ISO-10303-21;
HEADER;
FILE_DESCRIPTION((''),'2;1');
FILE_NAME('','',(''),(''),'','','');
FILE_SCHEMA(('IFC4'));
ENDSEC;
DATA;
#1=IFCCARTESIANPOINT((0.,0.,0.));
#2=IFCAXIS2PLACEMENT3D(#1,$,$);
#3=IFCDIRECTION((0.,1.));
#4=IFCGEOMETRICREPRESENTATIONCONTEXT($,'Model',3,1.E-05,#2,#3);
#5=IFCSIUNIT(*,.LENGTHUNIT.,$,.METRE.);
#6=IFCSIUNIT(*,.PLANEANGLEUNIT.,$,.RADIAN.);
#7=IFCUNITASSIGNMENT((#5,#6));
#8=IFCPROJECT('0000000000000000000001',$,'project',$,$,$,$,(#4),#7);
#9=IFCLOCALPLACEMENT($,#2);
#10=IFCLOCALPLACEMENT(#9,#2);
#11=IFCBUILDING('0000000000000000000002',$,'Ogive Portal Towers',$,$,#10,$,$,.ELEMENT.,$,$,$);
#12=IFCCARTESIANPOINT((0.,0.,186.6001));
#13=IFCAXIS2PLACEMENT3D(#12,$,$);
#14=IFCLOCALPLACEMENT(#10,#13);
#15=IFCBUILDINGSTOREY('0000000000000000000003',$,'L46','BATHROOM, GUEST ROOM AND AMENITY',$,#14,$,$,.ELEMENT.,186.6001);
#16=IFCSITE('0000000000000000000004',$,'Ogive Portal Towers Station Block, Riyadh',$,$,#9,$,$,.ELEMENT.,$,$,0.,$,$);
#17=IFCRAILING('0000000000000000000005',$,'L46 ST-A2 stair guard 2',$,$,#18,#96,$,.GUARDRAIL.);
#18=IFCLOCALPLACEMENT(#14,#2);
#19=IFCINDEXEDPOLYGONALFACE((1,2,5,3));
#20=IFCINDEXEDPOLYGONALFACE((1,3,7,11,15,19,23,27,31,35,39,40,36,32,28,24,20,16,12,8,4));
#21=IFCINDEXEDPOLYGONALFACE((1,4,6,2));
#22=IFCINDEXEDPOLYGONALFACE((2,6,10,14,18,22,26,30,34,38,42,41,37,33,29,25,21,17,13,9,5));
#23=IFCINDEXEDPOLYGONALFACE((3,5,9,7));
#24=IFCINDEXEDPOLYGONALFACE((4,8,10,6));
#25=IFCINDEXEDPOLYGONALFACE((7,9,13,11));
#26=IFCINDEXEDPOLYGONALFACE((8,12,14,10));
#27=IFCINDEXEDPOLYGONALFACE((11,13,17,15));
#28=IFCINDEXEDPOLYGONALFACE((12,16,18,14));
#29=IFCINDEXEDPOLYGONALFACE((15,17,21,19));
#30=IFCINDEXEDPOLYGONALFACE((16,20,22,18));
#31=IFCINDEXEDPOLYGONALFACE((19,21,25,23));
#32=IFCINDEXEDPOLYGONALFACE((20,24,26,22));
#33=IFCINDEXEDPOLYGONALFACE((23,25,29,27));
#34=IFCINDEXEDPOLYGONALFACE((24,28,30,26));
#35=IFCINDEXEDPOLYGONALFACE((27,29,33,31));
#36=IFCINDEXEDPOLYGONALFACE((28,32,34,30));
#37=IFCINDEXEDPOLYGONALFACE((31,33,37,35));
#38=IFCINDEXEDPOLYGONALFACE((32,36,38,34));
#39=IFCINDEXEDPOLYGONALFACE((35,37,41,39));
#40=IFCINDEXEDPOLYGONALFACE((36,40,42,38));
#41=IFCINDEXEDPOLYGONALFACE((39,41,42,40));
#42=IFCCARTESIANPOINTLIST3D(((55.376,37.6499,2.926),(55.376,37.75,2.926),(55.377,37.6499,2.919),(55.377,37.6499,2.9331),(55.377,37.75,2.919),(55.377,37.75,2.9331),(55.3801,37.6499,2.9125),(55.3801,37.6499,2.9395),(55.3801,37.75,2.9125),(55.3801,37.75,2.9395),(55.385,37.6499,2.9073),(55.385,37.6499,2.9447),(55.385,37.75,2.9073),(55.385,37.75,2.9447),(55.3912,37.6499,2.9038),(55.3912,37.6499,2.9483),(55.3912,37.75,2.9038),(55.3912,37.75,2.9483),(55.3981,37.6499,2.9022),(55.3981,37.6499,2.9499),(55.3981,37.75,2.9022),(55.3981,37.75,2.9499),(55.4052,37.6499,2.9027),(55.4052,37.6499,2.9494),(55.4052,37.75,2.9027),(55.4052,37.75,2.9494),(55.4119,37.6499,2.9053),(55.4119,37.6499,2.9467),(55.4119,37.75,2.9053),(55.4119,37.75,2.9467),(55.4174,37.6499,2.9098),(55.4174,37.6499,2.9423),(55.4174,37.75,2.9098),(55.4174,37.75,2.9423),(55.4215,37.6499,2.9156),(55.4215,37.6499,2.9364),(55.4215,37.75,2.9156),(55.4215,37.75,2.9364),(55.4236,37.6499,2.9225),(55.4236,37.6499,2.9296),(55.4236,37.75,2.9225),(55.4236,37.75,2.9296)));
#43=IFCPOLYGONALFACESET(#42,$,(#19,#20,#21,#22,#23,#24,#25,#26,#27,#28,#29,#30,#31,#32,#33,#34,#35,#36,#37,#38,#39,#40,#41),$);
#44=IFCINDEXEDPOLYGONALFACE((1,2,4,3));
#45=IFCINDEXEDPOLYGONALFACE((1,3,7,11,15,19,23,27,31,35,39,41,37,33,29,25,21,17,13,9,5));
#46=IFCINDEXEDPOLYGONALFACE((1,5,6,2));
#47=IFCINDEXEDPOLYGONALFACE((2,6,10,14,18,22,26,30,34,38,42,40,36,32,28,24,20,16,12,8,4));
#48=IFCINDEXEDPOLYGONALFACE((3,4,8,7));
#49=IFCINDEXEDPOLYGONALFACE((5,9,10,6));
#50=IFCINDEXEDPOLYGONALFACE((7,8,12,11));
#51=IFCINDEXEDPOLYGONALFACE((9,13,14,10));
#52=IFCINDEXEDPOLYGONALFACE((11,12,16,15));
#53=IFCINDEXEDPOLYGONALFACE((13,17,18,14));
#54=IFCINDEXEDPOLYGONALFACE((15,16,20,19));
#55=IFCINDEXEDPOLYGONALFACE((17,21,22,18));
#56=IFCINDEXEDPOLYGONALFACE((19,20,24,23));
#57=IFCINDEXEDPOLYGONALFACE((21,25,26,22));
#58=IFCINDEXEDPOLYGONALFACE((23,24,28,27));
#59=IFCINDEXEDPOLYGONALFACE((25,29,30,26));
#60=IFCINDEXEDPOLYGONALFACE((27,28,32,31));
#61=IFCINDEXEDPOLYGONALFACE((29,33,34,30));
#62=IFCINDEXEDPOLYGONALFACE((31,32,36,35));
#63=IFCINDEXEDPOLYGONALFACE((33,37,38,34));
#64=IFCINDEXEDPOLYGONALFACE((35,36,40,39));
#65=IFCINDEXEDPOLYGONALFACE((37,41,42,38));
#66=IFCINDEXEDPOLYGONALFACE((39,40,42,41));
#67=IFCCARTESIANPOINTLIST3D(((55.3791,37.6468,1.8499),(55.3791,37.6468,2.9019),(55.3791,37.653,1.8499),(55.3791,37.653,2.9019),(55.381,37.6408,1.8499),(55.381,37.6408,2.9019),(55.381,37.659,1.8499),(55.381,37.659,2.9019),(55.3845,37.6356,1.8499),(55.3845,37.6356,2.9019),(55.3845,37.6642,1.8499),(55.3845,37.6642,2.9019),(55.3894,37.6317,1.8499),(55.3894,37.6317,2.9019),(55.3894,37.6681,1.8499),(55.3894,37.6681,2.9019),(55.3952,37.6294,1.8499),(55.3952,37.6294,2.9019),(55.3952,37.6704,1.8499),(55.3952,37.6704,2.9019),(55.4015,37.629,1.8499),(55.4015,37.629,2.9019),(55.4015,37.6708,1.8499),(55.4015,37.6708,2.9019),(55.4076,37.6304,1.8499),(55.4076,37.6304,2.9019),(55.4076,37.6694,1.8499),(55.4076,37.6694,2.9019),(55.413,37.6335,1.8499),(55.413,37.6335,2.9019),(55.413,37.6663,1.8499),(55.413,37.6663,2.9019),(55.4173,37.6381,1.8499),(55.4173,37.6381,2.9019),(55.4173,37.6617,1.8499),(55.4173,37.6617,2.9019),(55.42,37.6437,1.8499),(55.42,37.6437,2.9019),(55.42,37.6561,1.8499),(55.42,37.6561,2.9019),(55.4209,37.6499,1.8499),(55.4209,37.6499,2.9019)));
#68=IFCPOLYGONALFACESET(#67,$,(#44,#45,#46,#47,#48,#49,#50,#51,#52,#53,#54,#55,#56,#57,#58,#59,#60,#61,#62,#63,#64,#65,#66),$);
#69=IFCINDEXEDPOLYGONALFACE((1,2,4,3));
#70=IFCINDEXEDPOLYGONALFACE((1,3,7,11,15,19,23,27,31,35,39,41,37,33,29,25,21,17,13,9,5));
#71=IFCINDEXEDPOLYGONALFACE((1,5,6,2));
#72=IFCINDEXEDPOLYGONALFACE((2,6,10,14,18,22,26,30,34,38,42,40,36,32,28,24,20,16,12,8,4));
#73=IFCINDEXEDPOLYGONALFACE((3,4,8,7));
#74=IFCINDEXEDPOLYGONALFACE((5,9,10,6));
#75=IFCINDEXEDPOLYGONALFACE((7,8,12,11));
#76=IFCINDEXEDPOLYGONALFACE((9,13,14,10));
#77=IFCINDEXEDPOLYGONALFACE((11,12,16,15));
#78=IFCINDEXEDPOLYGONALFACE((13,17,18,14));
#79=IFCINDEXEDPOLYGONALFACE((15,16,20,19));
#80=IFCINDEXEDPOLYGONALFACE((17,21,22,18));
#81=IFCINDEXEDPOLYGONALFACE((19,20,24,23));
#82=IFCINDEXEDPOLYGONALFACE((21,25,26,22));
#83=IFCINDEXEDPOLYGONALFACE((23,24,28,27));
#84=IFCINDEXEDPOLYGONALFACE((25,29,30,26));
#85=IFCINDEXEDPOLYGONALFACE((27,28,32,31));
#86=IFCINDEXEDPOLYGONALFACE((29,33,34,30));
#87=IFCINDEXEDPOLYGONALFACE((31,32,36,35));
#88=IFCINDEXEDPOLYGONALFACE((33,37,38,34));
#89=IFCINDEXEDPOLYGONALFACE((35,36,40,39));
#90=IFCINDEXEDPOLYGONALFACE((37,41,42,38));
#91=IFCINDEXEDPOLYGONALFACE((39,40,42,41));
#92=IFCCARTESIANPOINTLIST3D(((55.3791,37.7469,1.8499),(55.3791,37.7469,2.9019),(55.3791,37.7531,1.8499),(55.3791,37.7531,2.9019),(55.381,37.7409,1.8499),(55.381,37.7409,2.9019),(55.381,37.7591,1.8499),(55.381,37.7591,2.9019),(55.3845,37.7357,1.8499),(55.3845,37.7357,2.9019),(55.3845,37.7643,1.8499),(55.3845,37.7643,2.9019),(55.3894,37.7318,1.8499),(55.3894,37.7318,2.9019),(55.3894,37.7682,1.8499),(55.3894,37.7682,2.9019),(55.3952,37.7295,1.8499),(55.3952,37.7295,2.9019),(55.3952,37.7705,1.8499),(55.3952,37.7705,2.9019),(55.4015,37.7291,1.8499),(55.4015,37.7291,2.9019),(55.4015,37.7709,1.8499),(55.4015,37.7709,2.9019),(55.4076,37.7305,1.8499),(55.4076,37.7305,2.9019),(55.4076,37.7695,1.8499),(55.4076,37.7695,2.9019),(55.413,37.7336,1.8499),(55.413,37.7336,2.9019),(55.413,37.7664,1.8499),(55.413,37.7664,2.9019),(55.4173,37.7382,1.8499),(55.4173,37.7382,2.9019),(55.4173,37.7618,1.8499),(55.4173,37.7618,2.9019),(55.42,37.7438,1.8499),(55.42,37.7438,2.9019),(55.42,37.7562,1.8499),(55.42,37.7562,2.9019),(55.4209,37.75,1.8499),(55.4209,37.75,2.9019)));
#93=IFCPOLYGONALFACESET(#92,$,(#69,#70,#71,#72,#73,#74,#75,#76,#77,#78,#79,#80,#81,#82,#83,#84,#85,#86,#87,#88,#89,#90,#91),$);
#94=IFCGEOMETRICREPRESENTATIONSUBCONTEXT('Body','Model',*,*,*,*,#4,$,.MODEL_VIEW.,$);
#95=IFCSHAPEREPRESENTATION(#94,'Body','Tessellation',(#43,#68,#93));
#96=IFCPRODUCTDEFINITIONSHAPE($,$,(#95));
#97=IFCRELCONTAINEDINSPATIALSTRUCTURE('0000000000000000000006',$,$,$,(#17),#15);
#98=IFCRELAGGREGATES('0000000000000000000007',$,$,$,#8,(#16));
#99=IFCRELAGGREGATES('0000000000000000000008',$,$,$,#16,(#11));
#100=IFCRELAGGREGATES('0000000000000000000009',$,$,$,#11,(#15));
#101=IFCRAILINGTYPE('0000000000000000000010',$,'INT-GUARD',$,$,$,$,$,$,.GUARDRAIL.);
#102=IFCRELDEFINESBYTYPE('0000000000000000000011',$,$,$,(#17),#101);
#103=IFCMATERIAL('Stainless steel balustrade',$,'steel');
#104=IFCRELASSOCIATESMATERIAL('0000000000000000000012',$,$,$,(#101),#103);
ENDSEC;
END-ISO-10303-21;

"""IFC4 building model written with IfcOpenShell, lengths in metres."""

from ifc_helpers import new_model, si_unit, direction, frame, origin, origin_2d, place, context, subcontext, project, spatial, circle, extrude, material, type_object, element, save


model = new_model("IFC4")

# Units and contexts
model_context = context("Model", 3, precision=1e-05, world=origin(), true_north=direction((0.0, 1.0)))
body_context = subcontext(model_context, "Body", "Model", "MODEL_VIEW")
ifc_project = project(units=[si_unit("LENGTHUNIT", "METRE"), si_unit("PLANEANGLEUNIT", "RADIAN")], contexts=[model_context])

# Site, building, storey
site_placement = place(None, origin())
site = spatial("IfcSite", under=ifc_project, at=site_placement, Name="Ogive Portal Towers Station Block, Riyadh", CompositionType="ELEMENT", RefElevation=0.0)
building_placement = place(site_placement, origin())
building = spatial("IfcBuilding", under=site, at=building_placement, Name="Ogive Portal Towers", CompositionType="ELEMENT")
storey_placement = place(building_placement, frame((0.0, 0.0, 186.6001)))
storey = spatial("IfcBuildingStorey", under=building, at=storey_placement, Name="L46", Description="BATHROOM, GUEST ROOM AND AMENITY", CompositionType="ELEMENT", Elevation=186.6001)

# Railing
ifc_material_1 = material(Name="Stainless steel balustrade", Category="steel")
railing_type_1 = type_object("IfcRailingType", Name="INT-GUARD", PredefinedType="GUARDRAIL", material=ifc_material_1)
railing_1_placement = place(storey_placement, frame((55.3999, 37.6499, 1.8499)))
element("IfcRailing", 1, at=railing_1_placement, inside=storey, type_object=railing_type_1, Name="L46 ST-A2 stair guard 2", PredefinedType="GUARDRAIL", context=body_context, shape_type="SweptSolid", body=[
    extrude(circle(Radius=0.0239, at=origin_2d()), frame((0.0, 0.0, 1.0762), z_axis=(0.0, 1.0, 0.0), x_axis=(-1.0, 0.0, 0.0)), (0.0, 0.0, 1.0), 0.1001),
    extrude(circle(Radius=0.021, at=origin_2d()), origin(), (0.0, 0.0, 1.0), 1.052),
    extrude(circle(Radius=0.021, at=origin_2d()), frame((0.0, 0.1001, 0.0)), (0.0, 0.0, 1.0), 1.052),
])

save(model, "model.ifc")
